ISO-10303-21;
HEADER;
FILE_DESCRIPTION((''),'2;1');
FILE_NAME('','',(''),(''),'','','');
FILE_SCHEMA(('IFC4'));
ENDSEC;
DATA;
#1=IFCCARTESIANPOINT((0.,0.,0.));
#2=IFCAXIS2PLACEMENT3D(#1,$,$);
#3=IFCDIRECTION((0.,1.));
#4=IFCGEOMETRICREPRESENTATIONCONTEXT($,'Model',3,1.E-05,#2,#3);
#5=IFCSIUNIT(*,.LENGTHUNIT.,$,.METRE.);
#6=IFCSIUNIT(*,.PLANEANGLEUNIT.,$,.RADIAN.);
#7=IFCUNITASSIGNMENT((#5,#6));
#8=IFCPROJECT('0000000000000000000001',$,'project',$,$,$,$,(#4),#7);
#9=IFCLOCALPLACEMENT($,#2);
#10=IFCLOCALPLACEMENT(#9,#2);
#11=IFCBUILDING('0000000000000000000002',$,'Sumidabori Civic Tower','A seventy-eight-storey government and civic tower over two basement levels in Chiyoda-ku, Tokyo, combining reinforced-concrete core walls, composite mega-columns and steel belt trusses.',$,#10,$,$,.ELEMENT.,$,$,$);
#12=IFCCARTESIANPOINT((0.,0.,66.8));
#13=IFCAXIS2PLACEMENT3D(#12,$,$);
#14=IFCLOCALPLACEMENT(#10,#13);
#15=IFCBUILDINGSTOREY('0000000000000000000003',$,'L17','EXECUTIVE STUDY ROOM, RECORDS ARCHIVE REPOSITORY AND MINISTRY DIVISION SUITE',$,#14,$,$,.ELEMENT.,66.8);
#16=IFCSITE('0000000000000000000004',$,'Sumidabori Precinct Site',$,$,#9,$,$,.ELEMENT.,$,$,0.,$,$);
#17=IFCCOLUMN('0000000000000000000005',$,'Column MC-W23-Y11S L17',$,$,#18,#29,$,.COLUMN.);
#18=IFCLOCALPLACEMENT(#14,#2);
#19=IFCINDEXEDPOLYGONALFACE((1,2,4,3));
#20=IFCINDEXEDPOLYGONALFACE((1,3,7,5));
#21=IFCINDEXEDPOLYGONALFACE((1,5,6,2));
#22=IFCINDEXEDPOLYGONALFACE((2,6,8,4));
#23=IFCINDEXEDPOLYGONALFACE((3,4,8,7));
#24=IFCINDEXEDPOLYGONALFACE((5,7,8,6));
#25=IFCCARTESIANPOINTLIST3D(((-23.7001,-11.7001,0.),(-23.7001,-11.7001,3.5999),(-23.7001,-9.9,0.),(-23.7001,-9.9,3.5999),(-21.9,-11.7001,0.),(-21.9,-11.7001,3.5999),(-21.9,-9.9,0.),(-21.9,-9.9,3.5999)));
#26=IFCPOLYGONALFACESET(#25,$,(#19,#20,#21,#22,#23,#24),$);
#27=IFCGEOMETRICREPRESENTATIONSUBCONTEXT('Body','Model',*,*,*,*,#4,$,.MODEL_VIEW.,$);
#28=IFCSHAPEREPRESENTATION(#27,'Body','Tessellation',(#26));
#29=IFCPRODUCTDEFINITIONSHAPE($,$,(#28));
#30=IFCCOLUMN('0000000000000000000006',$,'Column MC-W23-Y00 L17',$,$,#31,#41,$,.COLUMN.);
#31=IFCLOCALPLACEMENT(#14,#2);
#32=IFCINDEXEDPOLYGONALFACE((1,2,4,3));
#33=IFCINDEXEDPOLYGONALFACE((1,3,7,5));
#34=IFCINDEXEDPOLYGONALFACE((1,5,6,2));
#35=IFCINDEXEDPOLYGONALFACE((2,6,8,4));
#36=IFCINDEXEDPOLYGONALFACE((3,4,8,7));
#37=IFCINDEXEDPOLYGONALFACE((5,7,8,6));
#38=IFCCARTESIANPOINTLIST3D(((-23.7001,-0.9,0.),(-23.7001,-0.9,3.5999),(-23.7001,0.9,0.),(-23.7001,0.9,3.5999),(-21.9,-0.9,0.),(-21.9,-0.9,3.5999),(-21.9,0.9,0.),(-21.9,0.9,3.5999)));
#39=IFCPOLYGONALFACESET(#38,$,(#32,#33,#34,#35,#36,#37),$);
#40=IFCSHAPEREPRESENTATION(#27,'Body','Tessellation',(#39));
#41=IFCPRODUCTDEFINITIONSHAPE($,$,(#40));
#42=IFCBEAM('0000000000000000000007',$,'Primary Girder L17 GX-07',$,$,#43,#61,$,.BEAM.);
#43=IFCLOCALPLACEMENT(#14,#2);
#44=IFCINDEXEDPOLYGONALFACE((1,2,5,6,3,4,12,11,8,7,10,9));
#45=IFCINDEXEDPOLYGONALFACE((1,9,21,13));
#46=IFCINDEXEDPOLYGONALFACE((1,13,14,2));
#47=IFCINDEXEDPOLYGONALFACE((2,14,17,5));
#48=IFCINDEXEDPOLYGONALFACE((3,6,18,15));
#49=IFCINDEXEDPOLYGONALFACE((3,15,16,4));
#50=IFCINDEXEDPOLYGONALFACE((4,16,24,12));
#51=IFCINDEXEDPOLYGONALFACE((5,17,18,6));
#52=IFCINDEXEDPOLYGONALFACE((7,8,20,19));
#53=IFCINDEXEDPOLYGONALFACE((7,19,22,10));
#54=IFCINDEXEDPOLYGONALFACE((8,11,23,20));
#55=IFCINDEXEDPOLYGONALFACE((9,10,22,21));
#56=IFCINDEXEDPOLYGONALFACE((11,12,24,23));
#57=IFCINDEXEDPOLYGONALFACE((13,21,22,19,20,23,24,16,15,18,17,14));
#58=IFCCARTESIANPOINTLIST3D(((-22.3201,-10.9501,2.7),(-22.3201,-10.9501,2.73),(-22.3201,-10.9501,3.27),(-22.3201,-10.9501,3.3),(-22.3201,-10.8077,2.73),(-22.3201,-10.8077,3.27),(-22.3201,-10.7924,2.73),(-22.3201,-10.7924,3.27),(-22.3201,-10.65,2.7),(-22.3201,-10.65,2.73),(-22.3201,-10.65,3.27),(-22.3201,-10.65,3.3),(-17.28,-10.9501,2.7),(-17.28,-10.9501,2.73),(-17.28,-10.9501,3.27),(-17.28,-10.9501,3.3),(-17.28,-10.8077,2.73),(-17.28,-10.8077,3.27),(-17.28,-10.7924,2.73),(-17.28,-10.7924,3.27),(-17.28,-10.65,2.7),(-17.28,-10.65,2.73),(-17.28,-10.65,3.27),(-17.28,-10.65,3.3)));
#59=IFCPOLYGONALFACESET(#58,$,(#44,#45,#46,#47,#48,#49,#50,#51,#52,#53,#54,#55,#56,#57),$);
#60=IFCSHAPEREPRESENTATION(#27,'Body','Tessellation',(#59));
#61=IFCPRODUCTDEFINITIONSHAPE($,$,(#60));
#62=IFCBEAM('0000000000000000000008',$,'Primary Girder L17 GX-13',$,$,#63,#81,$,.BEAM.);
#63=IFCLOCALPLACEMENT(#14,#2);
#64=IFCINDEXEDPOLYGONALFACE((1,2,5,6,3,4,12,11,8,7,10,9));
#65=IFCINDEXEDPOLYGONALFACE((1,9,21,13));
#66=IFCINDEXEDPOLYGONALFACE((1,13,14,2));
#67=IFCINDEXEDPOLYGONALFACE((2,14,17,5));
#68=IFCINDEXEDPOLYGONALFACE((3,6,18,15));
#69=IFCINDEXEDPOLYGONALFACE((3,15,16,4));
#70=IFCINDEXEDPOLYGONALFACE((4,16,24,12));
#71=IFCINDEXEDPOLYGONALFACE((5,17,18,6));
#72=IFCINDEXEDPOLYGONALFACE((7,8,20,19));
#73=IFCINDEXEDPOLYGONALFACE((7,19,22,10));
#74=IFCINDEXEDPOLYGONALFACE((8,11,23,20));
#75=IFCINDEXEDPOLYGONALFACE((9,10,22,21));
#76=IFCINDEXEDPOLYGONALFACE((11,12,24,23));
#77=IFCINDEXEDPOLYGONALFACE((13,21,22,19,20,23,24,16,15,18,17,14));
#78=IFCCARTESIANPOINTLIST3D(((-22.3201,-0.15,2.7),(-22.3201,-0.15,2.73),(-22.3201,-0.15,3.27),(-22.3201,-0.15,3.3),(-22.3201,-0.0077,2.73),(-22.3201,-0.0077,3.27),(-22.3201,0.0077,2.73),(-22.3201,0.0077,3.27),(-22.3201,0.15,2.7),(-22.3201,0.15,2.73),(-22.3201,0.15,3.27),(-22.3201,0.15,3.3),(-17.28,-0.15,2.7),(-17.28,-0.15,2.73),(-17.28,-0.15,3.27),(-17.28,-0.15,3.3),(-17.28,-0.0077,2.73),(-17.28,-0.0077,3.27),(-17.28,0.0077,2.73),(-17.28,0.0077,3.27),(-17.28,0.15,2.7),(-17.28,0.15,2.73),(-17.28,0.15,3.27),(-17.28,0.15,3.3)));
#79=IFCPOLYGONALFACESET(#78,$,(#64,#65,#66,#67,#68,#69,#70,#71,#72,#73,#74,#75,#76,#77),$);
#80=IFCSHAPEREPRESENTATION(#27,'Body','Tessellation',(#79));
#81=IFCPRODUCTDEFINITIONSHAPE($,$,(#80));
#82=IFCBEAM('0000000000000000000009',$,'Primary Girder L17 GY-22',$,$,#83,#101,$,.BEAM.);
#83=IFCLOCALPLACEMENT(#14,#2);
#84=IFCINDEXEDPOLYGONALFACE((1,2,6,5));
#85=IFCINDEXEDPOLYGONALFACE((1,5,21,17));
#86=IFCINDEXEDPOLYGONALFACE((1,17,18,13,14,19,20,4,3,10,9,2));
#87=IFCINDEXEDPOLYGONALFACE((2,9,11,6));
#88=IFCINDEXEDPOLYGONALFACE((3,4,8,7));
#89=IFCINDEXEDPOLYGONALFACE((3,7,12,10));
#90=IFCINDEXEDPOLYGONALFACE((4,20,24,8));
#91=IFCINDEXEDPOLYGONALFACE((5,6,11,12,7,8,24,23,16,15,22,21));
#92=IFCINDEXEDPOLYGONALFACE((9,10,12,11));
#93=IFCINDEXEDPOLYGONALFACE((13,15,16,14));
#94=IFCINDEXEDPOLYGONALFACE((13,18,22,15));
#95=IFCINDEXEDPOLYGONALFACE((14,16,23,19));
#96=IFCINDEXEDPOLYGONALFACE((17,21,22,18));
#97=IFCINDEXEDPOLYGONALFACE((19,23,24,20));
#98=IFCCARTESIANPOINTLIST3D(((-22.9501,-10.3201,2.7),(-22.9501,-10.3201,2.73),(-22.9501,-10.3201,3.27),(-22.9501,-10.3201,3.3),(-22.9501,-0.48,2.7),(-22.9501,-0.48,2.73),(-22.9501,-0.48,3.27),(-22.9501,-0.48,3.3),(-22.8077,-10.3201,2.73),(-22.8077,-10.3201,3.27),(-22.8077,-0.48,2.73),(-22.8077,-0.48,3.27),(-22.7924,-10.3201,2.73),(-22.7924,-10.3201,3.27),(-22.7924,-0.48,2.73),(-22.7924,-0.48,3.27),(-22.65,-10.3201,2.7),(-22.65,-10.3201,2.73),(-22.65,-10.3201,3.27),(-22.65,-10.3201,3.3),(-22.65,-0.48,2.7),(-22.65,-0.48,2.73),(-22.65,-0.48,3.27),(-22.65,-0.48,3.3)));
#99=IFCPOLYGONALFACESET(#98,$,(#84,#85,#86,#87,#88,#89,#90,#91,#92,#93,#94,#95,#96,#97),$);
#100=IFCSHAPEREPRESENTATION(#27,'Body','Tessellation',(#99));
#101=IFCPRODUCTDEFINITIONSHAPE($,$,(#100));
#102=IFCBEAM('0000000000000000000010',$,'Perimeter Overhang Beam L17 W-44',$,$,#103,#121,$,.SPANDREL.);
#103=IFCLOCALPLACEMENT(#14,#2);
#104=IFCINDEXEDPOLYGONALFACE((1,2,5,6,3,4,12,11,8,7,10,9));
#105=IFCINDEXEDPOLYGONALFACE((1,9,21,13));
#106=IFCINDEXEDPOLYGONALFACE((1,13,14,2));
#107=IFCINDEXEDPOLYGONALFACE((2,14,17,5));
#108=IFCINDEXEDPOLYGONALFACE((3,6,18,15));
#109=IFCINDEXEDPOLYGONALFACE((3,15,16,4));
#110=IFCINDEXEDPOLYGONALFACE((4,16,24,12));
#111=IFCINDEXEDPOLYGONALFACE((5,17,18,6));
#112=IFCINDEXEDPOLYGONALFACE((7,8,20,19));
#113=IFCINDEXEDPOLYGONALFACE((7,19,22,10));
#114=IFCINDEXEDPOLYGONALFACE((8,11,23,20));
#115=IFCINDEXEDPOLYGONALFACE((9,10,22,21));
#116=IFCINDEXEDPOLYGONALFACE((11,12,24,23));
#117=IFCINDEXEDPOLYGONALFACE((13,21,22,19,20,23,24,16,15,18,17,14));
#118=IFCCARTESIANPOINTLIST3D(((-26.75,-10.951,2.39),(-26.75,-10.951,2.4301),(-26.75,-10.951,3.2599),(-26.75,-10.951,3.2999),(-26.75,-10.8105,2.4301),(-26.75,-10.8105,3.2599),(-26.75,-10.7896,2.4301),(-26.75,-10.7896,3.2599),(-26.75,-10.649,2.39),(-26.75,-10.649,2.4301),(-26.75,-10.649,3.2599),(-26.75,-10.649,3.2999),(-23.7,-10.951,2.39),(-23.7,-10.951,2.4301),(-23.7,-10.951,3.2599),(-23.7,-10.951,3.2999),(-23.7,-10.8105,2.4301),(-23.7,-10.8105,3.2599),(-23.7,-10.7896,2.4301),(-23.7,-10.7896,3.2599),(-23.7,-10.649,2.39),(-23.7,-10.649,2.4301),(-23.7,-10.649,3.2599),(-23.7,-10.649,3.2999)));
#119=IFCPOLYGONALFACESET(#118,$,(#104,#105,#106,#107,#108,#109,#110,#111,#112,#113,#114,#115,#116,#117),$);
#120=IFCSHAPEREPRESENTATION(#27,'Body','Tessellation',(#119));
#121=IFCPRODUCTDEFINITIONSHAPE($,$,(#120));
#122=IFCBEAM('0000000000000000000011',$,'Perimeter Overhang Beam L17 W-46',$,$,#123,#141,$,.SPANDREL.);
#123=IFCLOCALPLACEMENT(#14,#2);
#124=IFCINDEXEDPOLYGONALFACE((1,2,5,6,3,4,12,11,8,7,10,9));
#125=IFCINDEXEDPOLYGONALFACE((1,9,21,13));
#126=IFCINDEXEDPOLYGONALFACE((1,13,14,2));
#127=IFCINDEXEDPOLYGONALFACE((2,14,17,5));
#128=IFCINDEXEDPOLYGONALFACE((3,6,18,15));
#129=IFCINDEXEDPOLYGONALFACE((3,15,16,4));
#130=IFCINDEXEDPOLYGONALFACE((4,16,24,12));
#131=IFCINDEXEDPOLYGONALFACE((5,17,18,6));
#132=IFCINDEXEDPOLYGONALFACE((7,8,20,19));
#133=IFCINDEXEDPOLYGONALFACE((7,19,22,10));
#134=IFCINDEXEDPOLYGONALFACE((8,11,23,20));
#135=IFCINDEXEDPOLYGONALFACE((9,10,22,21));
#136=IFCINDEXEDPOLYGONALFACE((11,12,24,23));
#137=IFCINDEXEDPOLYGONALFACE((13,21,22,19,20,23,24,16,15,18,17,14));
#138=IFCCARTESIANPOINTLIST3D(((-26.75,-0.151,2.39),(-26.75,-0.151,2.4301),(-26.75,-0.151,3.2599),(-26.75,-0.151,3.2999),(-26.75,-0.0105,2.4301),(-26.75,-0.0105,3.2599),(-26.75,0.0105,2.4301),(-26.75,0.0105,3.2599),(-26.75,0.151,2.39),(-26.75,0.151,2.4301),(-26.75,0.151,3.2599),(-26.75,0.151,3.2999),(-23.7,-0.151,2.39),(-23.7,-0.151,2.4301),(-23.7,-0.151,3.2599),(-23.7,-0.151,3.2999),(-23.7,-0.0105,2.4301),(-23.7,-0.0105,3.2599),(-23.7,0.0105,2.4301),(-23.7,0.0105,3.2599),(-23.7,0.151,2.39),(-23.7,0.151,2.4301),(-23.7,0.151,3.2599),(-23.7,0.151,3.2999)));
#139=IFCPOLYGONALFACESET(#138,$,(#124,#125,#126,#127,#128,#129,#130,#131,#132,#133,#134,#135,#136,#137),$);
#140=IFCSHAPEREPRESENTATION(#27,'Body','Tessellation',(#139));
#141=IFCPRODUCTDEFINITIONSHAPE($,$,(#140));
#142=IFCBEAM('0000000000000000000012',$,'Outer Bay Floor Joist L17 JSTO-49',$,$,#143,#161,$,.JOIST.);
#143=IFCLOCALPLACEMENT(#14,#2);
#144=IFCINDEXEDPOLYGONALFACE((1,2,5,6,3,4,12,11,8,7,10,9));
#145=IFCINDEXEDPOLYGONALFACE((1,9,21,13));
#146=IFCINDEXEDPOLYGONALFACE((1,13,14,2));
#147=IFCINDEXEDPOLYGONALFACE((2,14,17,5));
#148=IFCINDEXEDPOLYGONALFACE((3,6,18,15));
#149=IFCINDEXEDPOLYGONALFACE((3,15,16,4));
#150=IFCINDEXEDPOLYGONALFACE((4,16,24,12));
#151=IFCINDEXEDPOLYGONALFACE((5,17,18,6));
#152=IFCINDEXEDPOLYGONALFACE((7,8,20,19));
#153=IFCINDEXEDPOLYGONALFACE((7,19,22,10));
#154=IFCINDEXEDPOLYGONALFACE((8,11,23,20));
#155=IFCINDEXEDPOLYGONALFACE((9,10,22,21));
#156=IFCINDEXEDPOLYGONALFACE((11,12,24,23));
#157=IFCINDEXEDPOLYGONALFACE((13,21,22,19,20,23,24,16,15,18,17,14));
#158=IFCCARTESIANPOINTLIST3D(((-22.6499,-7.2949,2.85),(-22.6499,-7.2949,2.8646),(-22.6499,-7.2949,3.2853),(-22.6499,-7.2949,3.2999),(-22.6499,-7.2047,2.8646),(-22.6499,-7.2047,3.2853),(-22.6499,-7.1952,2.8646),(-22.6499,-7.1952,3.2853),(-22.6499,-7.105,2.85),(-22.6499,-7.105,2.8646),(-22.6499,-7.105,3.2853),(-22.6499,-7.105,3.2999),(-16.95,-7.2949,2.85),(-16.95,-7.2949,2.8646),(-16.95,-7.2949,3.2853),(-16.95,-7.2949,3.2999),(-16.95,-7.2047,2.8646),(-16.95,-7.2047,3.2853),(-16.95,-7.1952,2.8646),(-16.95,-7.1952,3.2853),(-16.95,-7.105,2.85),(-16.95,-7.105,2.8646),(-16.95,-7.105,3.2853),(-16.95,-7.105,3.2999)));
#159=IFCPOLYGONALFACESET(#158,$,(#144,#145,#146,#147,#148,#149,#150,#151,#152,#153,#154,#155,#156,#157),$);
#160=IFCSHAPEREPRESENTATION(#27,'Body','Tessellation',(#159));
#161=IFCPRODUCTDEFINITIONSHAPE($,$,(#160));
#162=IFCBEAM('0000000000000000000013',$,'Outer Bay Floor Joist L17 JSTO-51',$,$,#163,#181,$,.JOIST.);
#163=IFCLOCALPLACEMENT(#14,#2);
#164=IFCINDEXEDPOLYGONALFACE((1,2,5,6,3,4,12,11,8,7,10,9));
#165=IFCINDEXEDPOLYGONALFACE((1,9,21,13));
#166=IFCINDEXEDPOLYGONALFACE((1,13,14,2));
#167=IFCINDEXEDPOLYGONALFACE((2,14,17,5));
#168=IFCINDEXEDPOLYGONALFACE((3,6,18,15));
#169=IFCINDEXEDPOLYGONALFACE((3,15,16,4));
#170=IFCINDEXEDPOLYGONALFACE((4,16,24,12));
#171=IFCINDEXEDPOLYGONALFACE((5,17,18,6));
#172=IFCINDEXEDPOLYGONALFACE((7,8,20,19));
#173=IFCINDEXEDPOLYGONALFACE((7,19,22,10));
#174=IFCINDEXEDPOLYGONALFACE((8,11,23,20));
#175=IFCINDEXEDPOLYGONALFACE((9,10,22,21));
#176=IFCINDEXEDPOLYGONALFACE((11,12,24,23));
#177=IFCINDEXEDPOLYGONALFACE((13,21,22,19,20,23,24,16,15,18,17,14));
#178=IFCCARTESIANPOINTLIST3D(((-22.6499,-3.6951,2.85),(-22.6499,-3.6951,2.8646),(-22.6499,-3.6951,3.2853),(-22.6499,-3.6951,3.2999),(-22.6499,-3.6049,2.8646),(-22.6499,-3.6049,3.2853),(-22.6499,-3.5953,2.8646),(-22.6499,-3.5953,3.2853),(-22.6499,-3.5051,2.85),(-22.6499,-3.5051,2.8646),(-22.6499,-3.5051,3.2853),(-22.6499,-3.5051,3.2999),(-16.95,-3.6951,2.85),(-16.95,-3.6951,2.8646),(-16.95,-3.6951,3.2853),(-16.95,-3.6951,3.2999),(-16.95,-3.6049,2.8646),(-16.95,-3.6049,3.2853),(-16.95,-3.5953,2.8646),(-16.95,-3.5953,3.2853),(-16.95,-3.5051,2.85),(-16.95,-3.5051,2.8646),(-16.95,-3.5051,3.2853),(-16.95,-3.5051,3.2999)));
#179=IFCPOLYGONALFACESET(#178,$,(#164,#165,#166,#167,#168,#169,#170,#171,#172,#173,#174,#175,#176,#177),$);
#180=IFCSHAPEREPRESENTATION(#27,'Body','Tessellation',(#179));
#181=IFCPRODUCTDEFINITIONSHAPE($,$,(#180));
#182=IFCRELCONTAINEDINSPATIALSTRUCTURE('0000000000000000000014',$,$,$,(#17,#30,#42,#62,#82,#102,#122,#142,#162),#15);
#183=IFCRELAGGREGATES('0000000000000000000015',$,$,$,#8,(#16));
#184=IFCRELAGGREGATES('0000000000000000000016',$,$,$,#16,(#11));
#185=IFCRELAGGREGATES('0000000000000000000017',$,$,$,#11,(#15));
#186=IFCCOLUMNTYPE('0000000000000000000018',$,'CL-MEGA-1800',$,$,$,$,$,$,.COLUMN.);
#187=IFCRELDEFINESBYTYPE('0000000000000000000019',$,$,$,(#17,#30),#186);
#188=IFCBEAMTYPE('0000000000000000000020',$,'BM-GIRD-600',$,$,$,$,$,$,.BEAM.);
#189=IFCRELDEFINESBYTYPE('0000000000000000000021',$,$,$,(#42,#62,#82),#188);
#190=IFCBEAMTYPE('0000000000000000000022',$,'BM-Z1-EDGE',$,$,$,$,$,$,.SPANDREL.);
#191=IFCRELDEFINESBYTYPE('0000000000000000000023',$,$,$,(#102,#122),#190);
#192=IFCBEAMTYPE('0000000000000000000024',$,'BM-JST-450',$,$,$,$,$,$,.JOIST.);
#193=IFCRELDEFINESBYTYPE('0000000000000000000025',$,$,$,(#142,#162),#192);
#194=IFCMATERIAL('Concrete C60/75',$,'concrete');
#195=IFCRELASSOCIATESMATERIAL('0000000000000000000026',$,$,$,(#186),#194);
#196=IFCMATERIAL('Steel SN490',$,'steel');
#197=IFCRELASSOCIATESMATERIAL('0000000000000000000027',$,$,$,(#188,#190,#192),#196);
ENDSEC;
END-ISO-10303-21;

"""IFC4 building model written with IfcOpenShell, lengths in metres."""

from ifc_helpers import new_model, si_unit, direction, frame, origin, origin_2d, place, context, subcontext, project, spatial, rectangle, i_section, extrude, source, transform, mapped, material, material_profile, profile_set, type_object, element, save


model = new_model("IFC4")

# Units and contexts
model_context = context("Model", 3, precision=1e-05, world=origin(), true_north=direction((0.0, 1.0)))
body_context = subcontext(model_context, "Body", "Model", "MODEL_VIEW")
ifc_project = project(units=[si_unit("LENGTHUNIT", "METRE"), si_unit("PLANEANGLEUNIT", "RADIAN")], contexts=[model_context])

# Site, building, storey
site_placement = place(None, origin())
site = spatial("IfcSite", under=ifc_project, at=site_placement, Name="Sumidabori Precinct Site", CompositionType="ELEMENT", RefElevation=0.0)
building_placement = place(site_placement, origin())
building = spatial("IfcBuilding", under=site, at=building_placement, Name="Sumidabori Civic Tower", Description="A seventy-eight-storey government and civic tower over two basement levels in Chiyoda-ku, Tokyo, combining reinforced-concrete core walls, composite mega-columns and steel belt trusses.", CompositionType="ELEMENT")
storey_placement = place(building_placement, frame((0.0, 0.0, 66.8)))
storey = spatial("IfcBuildingStorey", under=building, at=storey_placement, Name="L17", Description="EXECUTIVE STUDY ROOM, RECORDS ARCHIVE REPOSITORY AND MINISTRY DIVISION SUITE", CompositionType="ELEMENT", Elevation=66.8)

# Columns
ifc_material_1 = material(Name="Concrete C60/75", Category="concrete")
ifc_material_profile_1 = material_profile(ifc_material_1, rectangle(XDim=1.8, YDim=1.8, at=origin_2d()), Name="RC 1800x1800")
ifc_profile_set_1 = profile_set([ifc_material_profile_1], Name="Concrete C60/75")
column_type = type_object("IfcColumnType", Name="CL-MEGA-1800", PredefinedType="COLUMN", material=ifc_profile_set_1)
shared_shape_1 = source(origin(), body_context, "Body", "SweptSolid", [
    extrude(rectangle(XDim=1.8, YDim=1.8, at=origin_2d()), origin(), (0.0, 0.0, 1.0), 3.5999),
])
for number, where, z_axis, x_axis, name in (
    (1, (-22.8, -10.8, 0.0), (0.0, 0.0, 1.0), (1.0, 0.0, 0.0), "Column MC-W23-Y11S L17"),
    (2, (-22.8, 0.0, 0.0), (0.0, 0.0, 1.0), (1.0, 0.0, 0.0), "Column MC-W23-Y00 L17"),
):
    element("IfcColumn", number, at=place(storey_placement, frame(where, z_axis=z_axis, x_axis=x_axis)), inside=storey, type_object=column_type, Name=name, PredefinedType="COLUMN", context=body_context, shape_type="MappedRepresentation", body=[
        mapped(shared_shape_1, transform((0.0, 0.0, 0.0), x_axis=(1.0, 0.0, 0.0), y_axis=(0.0, 1.0, 0.0), z_axis=(0.0, 0.0, 1.0), scale=1.0)),
    ])

# Beams
ifc_material_2 = material(Name="Steel SN490", Category="steel")
ifc_material_profile_2 = material_profile(ifc_material_2, i_section(OverallWidth=0.3, OverallDepth=0.6001, WebThickness=0.0154, FlangeThickness=0.03, at=origin_2d()), Name="HE 600 B")
ifc_profile_set_2 = profile_set([ifc_material_profile_2], Name="Steel SN490")
beam_type_1 = type_object("IfcBeamType", Name="BM-GIRD-600", PredefinedType="BEAM", material=ifc_profile_set_2)
shared_shape_2 = source(origin(), body_context, "Body", "SweptSolid", [
    extrude(i_section(OverallWidth=0.3, OverallDepth=0.6001, WebThickness=0.0154, FlangeThickness=0.03, at=origin_2d()), origin(), (0.0, 0.0, 1.0), 5.04),
])
for number, where, z_axis, x_axis, name in (
    (3, (-22.3201, -10.8, 3.0), (1.0, 0.0, 0.0), (0.0, 1.0, 0.0), "Primary Girder L17 GX-07"),
    (4, (-22.3201, 0.0, 3.0), (1.0, 0.0, 0.0), (0.0, 1.0, 0.0), "Primary Girder L17 GX-13"),
):
    element("IfcBeam", number, at=place(storey_placement, frame(where, z_axis=z_axis, x_axis=x_axis)), inside=storey, type_object=beam_type_1, Name=name, PredefinedType="BEAM", context=body_context, shape_type="MappedRepresentation", body=[
        mapped(shared_shape_2, transform((0.0, 0.0, 0.0), x_axis=(1.0, 0.0, 0.0), y_axis=(0.0, 1.0, 0.0), z_axis=(0.0, 0.0, 1.0), scale=1.0)),
    ])
shared_shape_3 = source(origin(), body_context, "Body", "SweptSolid", [
    extrude(i_section(OverallWidth=0.3, OverallDepth=0.6001, WebThickness=0.0154, FlangeThickness=0.03, at=origin_2d()), origin(), (0.0, 0.0, 1.0), 9.8401),
])
beam_placement = place(storey_placement, frame((-22.8, -10.3201, 3.0), z_axis=(0.0, 1.0, 0.0), x_axis=(-1.0, 0.0, 0.0)))
element("IfcBeam", 5, at=beam_placement, inside=storey, type_object=beam_type_1, Name="Primary Girder L17 GY-22", PredefinedType="BEAM", context=body_context, shape_type="MappedRepresentation", body=[
    mapped(shared_shape_3, transform((0.0, 0.0, 0.0), x_axis=(1.0, 0.0, 0.0), y_axis=(0.0, 1.0, 0.0), z_axis=(0.0, 0.0, 1.0), scale=1.0)),
])
ifc_material_profile_3 = material_profile(ifc_material_2, i_section(OverallWidth=0.302, OverallDepth=0.9099, WebThickness=0.021, FlangeThickness=0.04, at=origin_2d()), Name="HE 900 M")
ifc_profile_set_3 = profile_set([ifc_material_profile_3], Name="Steel SN490")
beam_type_2 = type_object("IfcBeamType", Name="BM-Z1-EDGE", PredefinedType="SPANDREL", material=ifc_profile_set_3)
shared_shape_4 = source(origin(), body_context, "Body", "SweptSolid", [
    extrude(i_section(OverallWidth=0.302, OverallDepth=0.9099, WebThickness=0.021, FlangeThickness=0.04, at=origin_2d()), origin(), (0.0, 0.0, 1.0), 3.05),
])
for number, where, z_axis, x_axis, name in (
    (6, (-26.75, -10.8, 2.845), (1.0, 0.0, 0.0), (0.0, 1.0, 0.0), "Perimeter Overhang Beam L17 W-44"),
    (7, (-26.75, 0.0, 2.845), (1.0, 0.0, 0.0), (0.0, 1.0, 0.0), "Perimeter Overhang Beam L17 W-46"),
):
    element("IfcBeam", number, at=place(storey_placement, frame(where, z_axis=z_axis, x_axis=x_axis)), inside=storey, type_object=beam_type_2, Name=name, PredefinedType="SPANDREL", context=body_context, shape_type="MappedRepresentation", body=[
        mapped(shared_shape_4, transform((0.0, 0.0, 0.0), x_axis=(1.0, 0.0, 0.0), y_axis=(0.0, 1.0, 0.0), z_axis=(0.0, 0.0, 1.0), scale=1.0)),
    ])
ifc_material_profile_4 = material_profile(ifc_material_2, i_section(OverallWidth=0.1899, OverallDepth=0.45, WebThickness=0.0095, FlangeThickness=0.0146, at=origin_2d()), Name="IPE 450")
ifc_profile_set_4 = profile_set([ifc_material_profile_4], Name="Steel SN490")
beam_type_3 = type_object("IfcBeamType", Name="BM-JST-450", PredefinedType="JOIST", material=ifc_profile_set_4)
shared_shape_5 = source(origin(), body_context, "Body", "SweptSolid", [
    extrude(i_section(OverallWidth=0.1899, OverallDepth=0.45, WebThickness=0.0095, FlangeThickness=0.0146, at=origin_2d()), origin(), (0.0, 0.0, 1.0), 5.7),
])
for number, where, z_axis, x_axis, name in (
    (8, (-22.6499, -7.2, 3.075), (1.0, 0.0, 0.0), (0.0, 1.0, 0.0), "Outer Bay Floor Joist L17 JSTO-49"),
    (9, (-22.6499, -3.6001, 3.075), (1.0, 0.0, 0.0), (0.0, 1.0, 0.0), "Outer Bay Floor Joist L17 JSTO-51"),
):
    element("IfcBeam", number, at=place(storey_placement, frame(where, z_axis=z_axis, x_axis=x_axis)), inside=storey, type_object=beam_type_3, Name=name, PredefinedType="JOIST", context=body_context, shape_type="MappedRepresentation", body=[
        mapped(shared_shape_5, transform((0.0, 0.0, 0.0), x_axis=(1.0, 0.0, 0.0), y_axis=(0.0, 1.0, 0.0), z_axis=(0.0, 0.0, 1.0), scale=1.0)),
    ])

save(model, "model.ifc")
